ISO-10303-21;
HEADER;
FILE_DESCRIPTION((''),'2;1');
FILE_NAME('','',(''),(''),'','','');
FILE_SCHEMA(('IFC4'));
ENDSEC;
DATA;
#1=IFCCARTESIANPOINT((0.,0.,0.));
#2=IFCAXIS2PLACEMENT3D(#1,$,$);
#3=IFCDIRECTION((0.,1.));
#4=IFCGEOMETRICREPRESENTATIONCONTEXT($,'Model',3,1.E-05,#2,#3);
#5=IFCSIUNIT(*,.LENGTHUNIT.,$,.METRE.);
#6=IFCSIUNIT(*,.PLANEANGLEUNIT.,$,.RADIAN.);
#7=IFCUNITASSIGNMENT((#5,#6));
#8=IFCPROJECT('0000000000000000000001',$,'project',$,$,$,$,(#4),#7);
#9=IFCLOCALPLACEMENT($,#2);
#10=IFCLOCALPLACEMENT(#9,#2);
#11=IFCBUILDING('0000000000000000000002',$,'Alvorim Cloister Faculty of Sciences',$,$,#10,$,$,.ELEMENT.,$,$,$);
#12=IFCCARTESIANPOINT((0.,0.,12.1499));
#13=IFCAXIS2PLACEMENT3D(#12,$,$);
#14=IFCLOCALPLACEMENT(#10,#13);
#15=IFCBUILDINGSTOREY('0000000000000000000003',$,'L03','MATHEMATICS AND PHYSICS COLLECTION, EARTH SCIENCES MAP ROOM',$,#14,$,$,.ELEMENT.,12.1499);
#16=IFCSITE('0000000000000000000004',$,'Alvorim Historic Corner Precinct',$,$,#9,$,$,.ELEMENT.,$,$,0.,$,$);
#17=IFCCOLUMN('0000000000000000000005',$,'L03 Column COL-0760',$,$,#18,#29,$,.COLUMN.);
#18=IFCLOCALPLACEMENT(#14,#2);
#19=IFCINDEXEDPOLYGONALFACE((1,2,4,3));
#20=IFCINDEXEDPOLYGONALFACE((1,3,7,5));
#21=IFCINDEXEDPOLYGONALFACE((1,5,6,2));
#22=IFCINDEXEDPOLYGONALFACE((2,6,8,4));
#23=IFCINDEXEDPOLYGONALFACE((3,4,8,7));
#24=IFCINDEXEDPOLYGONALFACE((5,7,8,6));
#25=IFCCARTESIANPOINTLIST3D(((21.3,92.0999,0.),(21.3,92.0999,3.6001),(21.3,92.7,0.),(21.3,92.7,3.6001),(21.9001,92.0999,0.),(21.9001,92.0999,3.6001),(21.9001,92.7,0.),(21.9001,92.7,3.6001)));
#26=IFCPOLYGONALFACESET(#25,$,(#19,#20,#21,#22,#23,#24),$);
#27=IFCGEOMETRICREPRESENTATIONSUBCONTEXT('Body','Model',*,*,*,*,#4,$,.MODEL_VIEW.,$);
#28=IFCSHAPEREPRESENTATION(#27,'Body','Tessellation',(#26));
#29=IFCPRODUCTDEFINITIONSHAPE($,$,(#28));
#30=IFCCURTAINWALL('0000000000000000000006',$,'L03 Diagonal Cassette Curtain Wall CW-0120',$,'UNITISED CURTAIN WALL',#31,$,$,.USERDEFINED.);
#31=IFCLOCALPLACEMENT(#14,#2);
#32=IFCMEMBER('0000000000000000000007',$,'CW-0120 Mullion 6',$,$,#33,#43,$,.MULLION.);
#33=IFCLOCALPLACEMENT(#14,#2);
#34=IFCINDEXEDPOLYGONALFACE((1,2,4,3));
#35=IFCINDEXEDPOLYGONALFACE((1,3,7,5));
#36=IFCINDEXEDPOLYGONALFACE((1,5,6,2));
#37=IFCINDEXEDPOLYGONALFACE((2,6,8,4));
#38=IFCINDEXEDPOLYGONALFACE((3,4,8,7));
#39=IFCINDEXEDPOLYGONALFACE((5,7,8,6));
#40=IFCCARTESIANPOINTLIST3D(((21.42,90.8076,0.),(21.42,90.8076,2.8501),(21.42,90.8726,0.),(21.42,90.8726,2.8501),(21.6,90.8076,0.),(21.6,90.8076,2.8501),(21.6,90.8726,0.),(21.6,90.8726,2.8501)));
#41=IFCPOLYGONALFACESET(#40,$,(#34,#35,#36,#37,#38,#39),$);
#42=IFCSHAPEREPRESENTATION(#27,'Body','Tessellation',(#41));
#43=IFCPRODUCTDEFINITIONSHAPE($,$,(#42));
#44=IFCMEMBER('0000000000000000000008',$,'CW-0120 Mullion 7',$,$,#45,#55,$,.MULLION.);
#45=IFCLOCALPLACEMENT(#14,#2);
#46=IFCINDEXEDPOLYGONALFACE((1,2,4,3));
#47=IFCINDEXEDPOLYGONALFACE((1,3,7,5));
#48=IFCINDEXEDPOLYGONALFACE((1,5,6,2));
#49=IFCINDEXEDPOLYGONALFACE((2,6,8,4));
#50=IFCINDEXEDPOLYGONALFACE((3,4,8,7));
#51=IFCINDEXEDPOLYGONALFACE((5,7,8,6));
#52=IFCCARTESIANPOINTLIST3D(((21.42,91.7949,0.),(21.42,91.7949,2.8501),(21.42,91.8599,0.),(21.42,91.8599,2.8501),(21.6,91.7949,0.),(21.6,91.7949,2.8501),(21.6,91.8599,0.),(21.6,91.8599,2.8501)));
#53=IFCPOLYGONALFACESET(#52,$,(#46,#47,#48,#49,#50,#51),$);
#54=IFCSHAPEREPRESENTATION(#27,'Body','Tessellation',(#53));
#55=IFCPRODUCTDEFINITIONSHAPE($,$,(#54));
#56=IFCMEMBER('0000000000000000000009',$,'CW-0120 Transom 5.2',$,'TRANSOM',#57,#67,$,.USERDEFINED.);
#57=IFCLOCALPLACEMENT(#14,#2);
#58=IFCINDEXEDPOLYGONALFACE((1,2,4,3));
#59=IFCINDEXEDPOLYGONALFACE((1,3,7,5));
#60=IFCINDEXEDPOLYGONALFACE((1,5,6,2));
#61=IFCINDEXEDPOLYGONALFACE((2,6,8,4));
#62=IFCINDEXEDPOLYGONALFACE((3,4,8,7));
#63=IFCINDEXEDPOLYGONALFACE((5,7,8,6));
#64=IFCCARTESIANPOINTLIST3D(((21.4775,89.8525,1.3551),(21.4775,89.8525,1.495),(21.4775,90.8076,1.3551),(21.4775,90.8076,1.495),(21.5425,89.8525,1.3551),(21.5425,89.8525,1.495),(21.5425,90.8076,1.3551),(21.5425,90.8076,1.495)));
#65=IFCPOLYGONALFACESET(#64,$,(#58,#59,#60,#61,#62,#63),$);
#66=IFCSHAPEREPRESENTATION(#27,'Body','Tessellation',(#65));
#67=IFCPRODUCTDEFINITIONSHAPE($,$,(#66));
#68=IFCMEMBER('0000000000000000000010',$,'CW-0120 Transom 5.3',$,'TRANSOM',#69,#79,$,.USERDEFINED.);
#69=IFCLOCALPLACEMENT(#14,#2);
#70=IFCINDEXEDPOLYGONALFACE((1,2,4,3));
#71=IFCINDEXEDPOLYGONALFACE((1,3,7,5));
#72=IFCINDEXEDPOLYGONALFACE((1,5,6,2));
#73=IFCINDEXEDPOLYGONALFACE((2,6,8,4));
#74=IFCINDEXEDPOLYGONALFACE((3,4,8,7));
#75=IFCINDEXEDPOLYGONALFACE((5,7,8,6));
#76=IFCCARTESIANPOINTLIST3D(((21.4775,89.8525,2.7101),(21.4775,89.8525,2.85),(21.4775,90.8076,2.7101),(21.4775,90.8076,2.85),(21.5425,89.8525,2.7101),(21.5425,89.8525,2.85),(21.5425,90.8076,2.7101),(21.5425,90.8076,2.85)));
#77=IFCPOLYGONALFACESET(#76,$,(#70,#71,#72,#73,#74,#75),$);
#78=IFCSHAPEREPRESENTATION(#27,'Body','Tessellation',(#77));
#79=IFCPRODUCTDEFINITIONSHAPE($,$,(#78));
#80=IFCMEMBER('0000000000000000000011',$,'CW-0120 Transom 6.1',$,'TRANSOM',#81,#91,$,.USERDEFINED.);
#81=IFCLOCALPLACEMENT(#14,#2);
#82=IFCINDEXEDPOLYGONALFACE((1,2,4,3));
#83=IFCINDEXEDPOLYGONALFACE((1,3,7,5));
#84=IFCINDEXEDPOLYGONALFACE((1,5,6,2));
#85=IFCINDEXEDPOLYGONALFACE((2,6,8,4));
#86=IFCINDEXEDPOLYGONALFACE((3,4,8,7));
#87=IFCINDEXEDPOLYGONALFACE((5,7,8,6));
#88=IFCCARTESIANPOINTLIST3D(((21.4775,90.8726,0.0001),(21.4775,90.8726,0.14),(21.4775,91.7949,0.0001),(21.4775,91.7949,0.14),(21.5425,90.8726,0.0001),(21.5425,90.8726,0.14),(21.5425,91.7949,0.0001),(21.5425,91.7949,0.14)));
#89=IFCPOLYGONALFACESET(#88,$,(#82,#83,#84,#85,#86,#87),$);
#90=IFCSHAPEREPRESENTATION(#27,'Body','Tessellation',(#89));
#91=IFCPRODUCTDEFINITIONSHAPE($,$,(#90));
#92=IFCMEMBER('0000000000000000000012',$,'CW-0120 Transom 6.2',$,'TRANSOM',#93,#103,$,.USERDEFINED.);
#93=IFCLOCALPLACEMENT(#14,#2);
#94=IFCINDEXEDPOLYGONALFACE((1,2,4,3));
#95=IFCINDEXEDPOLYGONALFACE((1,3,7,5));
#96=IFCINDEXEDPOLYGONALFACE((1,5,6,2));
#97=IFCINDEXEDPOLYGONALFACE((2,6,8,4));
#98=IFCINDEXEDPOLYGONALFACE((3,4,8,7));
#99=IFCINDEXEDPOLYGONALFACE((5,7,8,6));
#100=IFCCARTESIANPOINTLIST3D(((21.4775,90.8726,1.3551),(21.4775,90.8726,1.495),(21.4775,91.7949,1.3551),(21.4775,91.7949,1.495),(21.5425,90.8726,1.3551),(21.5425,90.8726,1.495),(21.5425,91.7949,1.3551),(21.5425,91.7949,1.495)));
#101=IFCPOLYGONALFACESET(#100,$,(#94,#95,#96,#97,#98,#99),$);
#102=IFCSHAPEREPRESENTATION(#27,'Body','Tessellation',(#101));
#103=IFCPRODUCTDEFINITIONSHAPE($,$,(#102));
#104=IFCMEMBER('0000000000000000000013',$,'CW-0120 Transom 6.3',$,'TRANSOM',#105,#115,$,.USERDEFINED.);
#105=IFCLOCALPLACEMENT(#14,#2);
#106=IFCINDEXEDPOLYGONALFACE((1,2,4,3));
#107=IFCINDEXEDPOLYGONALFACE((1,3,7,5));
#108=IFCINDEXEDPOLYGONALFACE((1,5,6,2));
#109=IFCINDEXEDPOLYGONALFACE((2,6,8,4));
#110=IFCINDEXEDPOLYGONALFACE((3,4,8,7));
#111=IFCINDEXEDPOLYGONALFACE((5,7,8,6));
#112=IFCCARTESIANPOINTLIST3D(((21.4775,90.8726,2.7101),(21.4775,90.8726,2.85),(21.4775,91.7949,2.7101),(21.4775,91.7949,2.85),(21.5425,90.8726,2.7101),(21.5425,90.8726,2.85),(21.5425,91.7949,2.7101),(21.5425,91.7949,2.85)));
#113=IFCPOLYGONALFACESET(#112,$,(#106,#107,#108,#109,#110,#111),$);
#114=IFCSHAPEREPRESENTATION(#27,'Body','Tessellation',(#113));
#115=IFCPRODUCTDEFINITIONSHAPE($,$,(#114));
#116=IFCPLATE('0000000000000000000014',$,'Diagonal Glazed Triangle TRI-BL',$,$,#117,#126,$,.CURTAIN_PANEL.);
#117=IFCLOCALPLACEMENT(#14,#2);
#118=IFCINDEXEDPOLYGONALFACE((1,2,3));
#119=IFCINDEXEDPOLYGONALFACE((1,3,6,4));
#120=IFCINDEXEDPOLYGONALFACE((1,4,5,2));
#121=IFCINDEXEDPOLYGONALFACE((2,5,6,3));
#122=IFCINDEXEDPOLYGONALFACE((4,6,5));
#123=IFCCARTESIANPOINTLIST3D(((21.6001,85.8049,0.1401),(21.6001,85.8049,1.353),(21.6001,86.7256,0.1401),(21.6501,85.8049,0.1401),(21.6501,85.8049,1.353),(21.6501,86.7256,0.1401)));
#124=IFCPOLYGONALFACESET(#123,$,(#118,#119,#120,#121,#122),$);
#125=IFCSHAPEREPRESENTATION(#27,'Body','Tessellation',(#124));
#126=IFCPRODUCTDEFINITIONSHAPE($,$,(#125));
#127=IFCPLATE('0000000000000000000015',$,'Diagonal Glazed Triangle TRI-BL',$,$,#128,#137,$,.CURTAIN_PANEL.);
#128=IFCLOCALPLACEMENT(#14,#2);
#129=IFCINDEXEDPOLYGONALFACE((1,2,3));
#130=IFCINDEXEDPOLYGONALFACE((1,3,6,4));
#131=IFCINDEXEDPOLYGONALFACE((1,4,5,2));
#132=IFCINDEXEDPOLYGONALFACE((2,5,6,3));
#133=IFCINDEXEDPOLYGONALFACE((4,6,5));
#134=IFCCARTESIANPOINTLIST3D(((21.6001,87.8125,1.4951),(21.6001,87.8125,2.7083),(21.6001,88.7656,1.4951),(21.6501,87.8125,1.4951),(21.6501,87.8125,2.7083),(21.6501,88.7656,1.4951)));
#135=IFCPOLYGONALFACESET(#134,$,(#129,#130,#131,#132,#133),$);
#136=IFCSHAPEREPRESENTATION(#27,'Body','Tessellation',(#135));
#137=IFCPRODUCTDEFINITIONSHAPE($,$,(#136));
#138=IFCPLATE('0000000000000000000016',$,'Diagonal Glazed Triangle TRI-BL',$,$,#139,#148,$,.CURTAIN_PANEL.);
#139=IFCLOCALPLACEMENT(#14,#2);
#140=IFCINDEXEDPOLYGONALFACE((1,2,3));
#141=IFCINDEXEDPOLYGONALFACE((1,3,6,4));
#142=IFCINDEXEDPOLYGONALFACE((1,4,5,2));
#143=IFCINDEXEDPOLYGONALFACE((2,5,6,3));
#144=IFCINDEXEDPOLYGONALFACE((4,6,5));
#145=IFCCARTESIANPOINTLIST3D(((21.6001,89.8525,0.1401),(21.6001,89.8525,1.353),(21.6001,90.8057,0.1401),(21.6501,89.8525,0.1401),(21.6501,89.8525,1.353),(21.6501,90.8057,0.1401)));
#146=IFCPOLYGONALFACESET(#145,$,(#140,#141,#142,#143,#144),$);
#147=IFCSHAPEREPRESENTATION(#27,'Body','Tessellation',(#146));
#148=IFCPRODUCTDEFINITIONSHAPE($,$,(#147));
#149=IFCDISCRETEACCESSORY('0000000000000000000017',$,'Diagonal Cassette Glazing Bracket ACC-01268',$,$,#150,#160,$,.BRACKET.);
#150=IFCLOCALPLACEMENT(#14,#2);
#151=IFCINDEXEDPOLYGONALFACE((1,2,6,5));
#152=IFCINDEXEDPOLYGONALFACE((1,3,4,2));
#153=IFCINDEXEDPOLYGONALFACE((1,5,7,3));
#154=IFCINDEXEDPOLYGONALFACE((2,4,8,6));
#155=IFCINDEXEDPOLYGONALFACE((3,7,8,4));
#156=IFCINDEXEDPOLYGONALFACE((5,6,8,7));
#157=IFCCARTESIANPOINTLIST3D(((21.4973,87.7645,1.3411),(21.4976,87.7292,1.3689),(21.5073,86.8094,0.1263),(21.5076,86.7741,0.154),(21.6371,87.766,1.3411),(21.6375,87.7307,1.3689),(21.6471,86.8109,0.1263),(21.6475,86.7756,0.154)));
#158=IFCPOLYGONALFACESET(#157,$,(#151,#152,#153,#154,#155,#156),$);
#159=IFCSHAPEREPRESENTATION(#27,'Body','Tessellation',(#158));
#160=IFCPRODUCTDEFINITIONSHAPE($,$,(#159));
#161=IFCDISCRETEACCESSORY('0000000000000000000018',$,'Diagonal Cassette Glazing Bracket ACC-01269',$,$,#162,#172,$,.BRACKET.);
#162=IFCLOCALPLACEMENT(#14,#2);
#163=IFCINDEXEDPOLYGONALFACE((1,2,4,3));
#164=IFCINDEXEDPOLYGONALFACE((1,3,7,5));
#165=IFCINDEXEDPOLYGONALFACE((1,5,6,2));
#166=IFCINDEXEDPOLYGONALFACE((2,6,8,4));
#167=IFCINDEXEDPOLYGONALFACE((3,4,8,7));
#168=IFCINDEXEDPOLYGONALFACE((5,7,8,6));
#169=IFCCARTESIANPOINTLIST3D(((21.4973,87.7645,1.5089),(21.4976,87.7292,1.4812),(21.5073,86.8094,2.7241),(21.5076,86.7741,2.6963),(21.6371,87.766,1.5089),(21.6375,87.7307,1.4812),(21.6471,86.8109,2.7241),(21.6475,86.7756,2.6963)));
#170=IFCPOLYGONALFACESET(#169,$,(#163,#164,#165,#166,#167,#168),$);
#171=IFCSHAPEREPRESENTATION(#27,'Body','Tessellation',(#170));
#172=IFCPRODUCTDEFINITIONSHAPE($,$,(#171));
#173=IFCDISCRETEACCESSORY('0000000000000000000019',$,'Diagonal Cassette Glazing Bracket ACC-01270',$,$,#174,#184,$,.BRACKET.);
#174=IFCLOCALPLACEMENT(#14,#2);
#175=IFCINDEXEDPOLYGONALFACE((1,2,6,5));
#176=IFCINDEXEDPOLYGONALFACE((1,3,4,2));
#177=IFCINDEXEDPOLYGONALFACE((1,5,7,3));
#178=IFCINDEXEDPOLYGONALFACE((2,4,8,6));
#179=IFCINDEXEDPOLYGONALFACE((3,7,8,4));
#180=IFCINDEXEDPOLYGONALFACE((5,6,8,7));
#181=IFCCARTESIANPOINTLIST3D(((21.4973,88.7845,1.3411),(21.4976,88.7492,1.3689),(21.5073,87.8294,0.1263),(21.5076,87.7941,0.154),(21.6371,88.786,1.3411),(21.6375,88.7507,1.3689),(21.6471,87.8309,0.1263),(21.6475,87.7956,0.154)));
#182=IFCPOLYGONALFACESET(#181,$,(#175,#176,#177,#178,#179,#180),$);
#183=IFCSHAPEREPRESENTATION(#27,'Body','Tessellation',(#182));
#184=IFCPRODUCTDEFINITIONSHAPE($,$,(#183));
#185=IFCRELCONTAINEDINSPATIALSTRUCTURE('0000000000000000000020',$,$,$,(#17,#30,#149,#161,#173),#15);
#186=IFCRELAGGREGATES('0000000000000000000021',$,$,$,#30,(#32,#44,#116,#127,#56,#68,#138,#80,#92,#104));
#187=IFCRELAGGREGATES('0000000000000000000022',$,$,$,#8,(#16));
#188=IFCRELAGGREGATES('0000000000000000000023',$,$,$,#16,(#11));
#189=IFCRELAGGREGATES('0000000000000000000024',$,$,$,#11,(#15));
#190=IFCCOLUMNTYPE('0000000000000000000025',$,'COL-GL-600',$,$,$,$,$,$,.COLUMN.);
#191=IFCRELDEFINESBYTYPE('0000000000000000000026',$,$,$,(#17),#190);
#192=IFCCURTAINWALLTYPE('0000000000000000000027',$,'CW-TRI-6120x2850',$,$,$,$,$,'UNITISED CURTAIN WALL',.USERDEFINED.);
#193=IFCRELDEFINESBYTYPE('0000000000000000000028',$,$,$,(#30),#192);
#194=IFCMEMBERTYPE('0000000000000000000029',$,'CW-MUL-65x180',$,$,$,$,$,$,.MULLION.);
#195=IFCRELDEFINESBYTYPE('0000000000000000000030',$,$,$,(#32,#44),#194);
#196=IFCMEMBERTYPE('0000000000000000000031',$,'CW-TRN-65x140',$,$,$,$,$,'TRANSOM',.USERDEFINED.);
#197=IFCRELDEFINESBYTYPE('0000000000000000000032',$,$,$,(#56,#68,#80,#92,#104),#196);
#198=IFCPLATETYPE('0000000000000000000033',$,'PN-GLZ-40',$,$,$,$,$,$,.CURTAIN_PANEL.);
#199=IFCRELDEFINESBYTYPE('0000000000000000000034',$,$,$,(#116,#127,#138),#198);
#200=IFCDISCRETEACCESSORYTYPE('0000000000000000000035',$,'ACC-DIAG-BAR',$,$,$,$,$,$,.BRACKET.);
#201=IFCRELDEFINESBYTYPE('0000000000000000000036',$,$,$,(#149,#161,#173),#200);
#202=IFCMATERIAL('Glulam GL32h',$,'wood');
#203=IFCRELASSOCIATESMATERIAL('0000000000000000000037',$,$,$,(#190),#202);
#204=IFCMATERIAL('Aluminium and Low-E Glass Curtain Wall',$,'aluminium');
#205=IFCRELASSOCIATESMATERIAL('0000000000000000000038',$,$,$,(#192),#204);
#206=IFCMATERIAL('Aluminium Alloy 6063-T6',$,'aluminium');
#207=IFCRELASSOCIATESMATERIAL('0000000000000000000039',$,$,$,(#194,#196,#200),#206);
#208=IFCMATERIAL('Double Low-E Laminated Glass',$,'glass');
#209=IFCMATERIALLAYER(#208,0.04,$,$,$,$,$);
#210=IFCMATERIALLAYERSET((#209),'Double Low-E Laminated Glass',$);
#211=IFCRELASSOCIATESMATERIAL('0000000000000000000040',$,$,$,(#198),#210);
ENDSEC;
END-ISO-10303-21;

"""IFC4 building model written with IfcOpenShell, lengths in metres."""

from ifc_helpers import new_model, si_unit, direction, frame, origin, origin_2d, place, context, subcontext, project, spatial, polyline, rectangle, outline, extrude, material, layer, layer_set, material_profile, profile_set, type_object, element, aggregate, save


model = new_model("IFC4")

# Units and contexts
model_context = context("Model", 3, precision=1e-05, world=origin(), true_north=direction((0.0, 1.0)))
body_context = subcontext(model_context, "Body", "Model", "MODEL_VIEW")
ifc_project = project(units=[si_unit("LENGTHUNIT", "METRE"), si_unit("PLANEANGLEUNIT", "RADIAN")], contexts=[model_context])

# Site, building, storey
site_placement = place(None, origin())
site = spatial("IfcSite", under=ifc_project, at=site_placement, Name="Alvorim Historic Corner Precinct", CompositionType="ELEMENT", RefElevation=0.0)
building_placement = place(site_placement, origin())
building = spatial("IfcBuilding", under=site, at=building_placement, Name="Alvorim Cloister Faculty of Sciences", CompositionType="ELEMENT")
storey_placement = place(building_placement, frame((0.0, 0.0, 12.1499)))
storey = spatial("IfcBuildingStorey", under=building, at=storey_placement, Name="L03", Description="MATHEMATICS AND PHYSICS COLLECTION, EARTH SCIENCES MAP ROOM", CompositionType="ELEMENT", Elevation=12.1499)

# Column
ifc_material_1 = material(Name="Glulam GL32h", Category="wood")
ifc_material_profile_1 = material_profile(ifc_material_1, rectangle(XDim=0.6001, YDim=0.6001, at=origin_2d()), Name="GL32-COL-600x600")
ifc_profile_set_1 = profile_set([ifc_material_profile_1], Name="Glulam GL32h")
column_type = type_object("IfcColumnType", Name="COL-GL-600", PredefinedType="COLUMN", material=ifc_profile_set_1)
column_placement = place(storey_placement, frame((21.6001, 92.3999, 0.0), z_axis=(0.0, 0.0, 1.0), x_axis=(1.0, 0.0, 0.0)))
element("IfcColumn", 1, at=column_placement, inside=storey, type_object=column_type, Name="L03 Column COL-0760", PredefinedType="COLUMN", context=body_context, shape_type="SweptSolid", body=[
    extrude(rectangle(XDim=0.6001, YDim=0.6001, at=origin_2d()), origin(), (0.0, 0.0, 1.0), 3.6001),
])

# Curtain wall, members, plates
ifc_material_2 = material(Name="Aluminium and Low-E Glass Curtain Wall", Category="aluminium")
curtain_wall_type = type_object("IfcCurtainWallType", Name="CW-TRI-6120x2850", ElementType="UNITISED CURTAIN WALL", PredefinedType="USERDEFINED", material=ifc_material_2)
curtain_wall_placement = place(storey_placement, origin())
curtain_wall = element("IfcCurtainWall", 2, at=curtain_wall_placement, inside=storey, type_object=curtain_wall_type, Name="L03 Diagonal Cassette Curtain Wall CW-0120", ObjectType="UNITISED CURTAIN WALL", PredefinedType="USERDEFINED")
ifc_material_3 = material(Name="Aluminium Alloy 6063-T6", Category="aluminium")
ifc_material_profile_2 = material_profile(ifc_material_3, rectangle(XDim=0.0649, YDim=0.1799, at=origin_2d()), Name="ALU-MUL-65x180")
ifc_profile_set_2 = profile_set([ifc_material_profile_2], Name="Aluminium Alloy 6063-T6")
member_type_1 = type_object("IfcMemberType", Name="CW-MUL-65x180", PredefinedType="MULLION", material=ifc_profile_set_2)
member_1_placement = place(storey_placement, frame((21.51, 90.8401, 0.0), z_axis=(0.0, 0.0, 1.0), x_axis=(0.0, 1.0, 0.0)))
member_1 = element("IfcMember", 3, at=member_1_placement, type_object=member_type_1, Name="CW-0120 Mullion 6", PredefinedType="MULLION", context=body_context, shape_type="SweptSolid", body=[
    extrude(rectangle(XDim=0.0649, YDim=0.1799, at=origin_2d()), origin(), (0.0, 0.0, 1.0), 2.8501),
])
member_2_placement = place(storey_placement, frame((21.51, 91.8274, 0.0), z_axis=(0.0, 0.0, 1.0), x_axis=(0.0, 1.0, 0.0)))
member_2 = element("IfcMember", 4, at=member_2_placement, type_object=member_type_1, Name="CW-0120 Mullion 7", PredefinedType="MULLION", context=body_context, shape_type="SweptSolid", body=[
    extrude(rectangle(XDim=0.0649, YDim=0.1799, at=origin_2d()), origin(), (0.0, 0.0, 1.0), 2.8501),
])
ifc_material_profile_3 = material_profile(ifc_material_3, rectangle(XDim=0.0649, YDim=0.1399, at=origin_2d()), Name="ALU-TRN-65x140")
ifc_profile_set_3 = profile_set([ifc_material_profile_3], Name="Aluminium Alloy 6063-T6")
member_type_2 = type_object("IfcMemberType", Name="CW-TRN-65x140", ElementType="TRANSOM", PredefinedType="USERDEFINED", material=ifc_profile_set_3)
member_3_placement = place(storey_placement, frame((21.51, 89.8525, 1.425), z_axis=(0.0, 1.0, 0.0), x_axis=(-1.0, 0.0, 0.0)))
member_3 = element("IfcMember", 5, at=member_3_placement, type_object=member_type_2, Name="CW-0120 Transom 5.2", ObjectType="TRANSOM", PredefinedType="USERDEFINED", context=body_context, shape_type="SweptSolid", body=[
    extrude(rectangle(XDim=0.0649, YDim=0.1399, at=origin_2d()), origin(), (0.0, 0.0, 1.0), 0.9551),
])
member_4_placement = place(storey_placement, frame((21.51, 89.8525, 2.78), z_axis=(0.0, 1.0, 0.0), x_axis=(-1.0, 0.0, 0.0)))
member_4 = element("IfcMember", 6, at=member_4_placement, type_object=member_type_2, Name="CW-0120 Transom 5.3", ObjectType="TRANSOM", PredefinedType="USERDEFINED", context=body_context, shape_type="SweptSolid", body=[
    extrude(rectangle(XDim=0.0649, YDim=0.1399, at=origin_2d()), origin(), (0.0, 0.0, 1.0), 0.9551),
])
member_5_placement = place(storey_placement, frame((21.51, 90.8726, 0.0701), z_axis=(0.0, 1.0, 0.0), x_axis=(-1.0, 0.0, 0.0)))
member_5 = element("IfcMember", 7, at=member_5_placement, type_object=member_type_2, Name="CW-0120 Transom 6.1", ObjectType="TRANSOM", PredefinedType="USERDEFINED", context=body_context, shape_type="SweptSolid", body=[
    extrude(rectangle(XDim=0.0649, YDim=0.1399, at=origin_2d()), origin(), (0.0, 0.0, 1.0), 0.9224),
])
member_6_placement = place(storey_placement, frame((21.51, 90.8726, 1.425), z_axis=(0.0, 1.0, 0.0), x_axis=(-1.0, 0.0, 0.0)))
member_6 = element("IfcMember", 8, at=member_6_placement, type_object=member_type_2, Name="CW-0120 Transom 6.2", ObjectType="TRANSOM", PredefinedType="USERDEFINED", context=body_context, shape_type="SweptSolid", body=[
    extrude(rectangle(XDim=0.0649, YDim=0.1399, at=origin_2d()), origin(), (0.0, 0.0, 1.0), 0.9224),
])
member_7_placement = place(storey_placement, frame((21.51, 90.8726, 2.78), z_axis=(0.0, 1.0, 0.0), x_axis=(-1.0, 0.0, 0.0)))
member_7 = element("IfcMember", 9, at=member_7_placement, type_object=member_type_2, Name="CW-0120 Transom 6.3", ObjectType="TRANSOM", PredefinedType="USERDEFINED", context=body_context, shape_type="SweptSolid", body=[
    extrude(rectangle(XDim=0.0649, YDim=0.1399, at=origin_2d()), origin(), (0.0, 0.0, 1.0), 0.9224),
])
ifc_material_4 = material(Name="Double Low-E Laminated Glass", Category="glass")
ifc_layer = layer(ifc_material_4, 0.04)
ifc_layer_set = layer_set([ifc_layer], Name="Double Low-E Laminated Glass")
plate_type = type_object("IfcPlateType", Name="PN-GLZ-40", PredefinedType="CURTAIN_PANEL", material=ifc_layer_set)
plate_1_placement = place(storey_placement, frame((21.625, 85.8049, 0.1401), z_axis=(0.0, 0.0, 1.0), x_axis=(0.0, 1.0, 0.0)))
plate_1 = element("IfcPlate", 10, at=plate_1_placement, type_object=plate_type, Name="Diagonal Glazed Triangle TRI-BL", PredefinedType="CURTAIN_PANEL", context=body_context, shape_type="SweptSolid", body=[
    extrude(outline(polyline([(0.0, 0.0), (0.9207, 0.0), (0.0, 1.2129), (0.0, 0.0)])), frame((0.0, 0.0249, 0.0), z_axis=(0.0, -1.0, 0.0), x_axis=(1.0, 0.0, 0.0)), (0.0, 0.0, 1.0), 0.05),
])
plate_2_placement = place(storey_placement, frame((21.625, 87.8125, 1.4951), z_axis=(0.0, 0.0, 1.0), x_axis=(0.0, 1.0, 0.0)))
plate_2 = element("IfcPlate", 11, at=plate_2_placement, type_object=plate_type, Name="Diagonal Glazed Triangle TRI-BL", PredefinedType="CURTAIN_PANEL", context=body_context, shape_type="SweptSolid", body=[
    extrude(outline(polyline([(0.0, 0.0), (0.9531, 0.0), (0.0, 1.2131), (0.0, 0.0)])), frame((0.0, 0.0249, 0.0), z_axis=(0.0, -1.0, 0.0), x_axis=(1.0, 0.0, 0.0)), (0.0, 0.0, 1.0), 0.05),
])
plate_3_placement = place(storey_placement, frame((21.625, 89.8525, 0.1401), z_axis=(0.0, 0.0, 1.0), x_axis=(0.0, 1.0, 0.0)))
plate_3 = element("IfcPlate", 12, at=plate_3_placement, type_object=plate_type, Name="Diagonal Glazed Triangle TRI-BL", PredefinedType="CURTAIN_PANEL", context=body_context, shape_type="SweptSolid", body=[
    extrude(outline(polyline([(0.0, 0.0), (0.9531, 0.0), (0.0, 1.2129), (0.0, 0.0)])), frame((0.0, 0.0249, 0.0), z_axis=(0.0, -1.0, 0.0), x_axis=(1.0, 0.0, 0.0)), (0.0, 0.0, 1.0), 0.05),
])
aggregate(curtain_wall, [member_1, member_2, plate_1, plate_2, member_3, member_4, plate_3, member_5, member_6, member_7])

# Discrete accessories
discrete_accessory_type = type_object("IfcDiscreteAccessoryType", Name="ACC-DIAG-BAR", PredefinedType="BRACKET", material=ifc_material_3)
discrete_accessory_1_placement = place(storey_placement, frame((21.5774, 86.7925, 0.1401), z_axis=(-0.006477, 0.618032, 0.786126), x_axis=(-0.999945, -0.01048, 0.0)))
element("IfcDiscreteAccessory", 13, at=discrete_accessory_1_placement, inside=storey, type_object=discrete_accessory_type, Name="Diagonal Cassette Glazing Bracket ACC-01268", PredefinedType="BRACKET", context=body_context, shape_type="SweptSolid", body=[
    extrude(rectangle(XDim=0.1399, YDim=0.0449, at=origin_2d()), origin(), (0.0, 0.0, 1.0), 1.5454),
])
discrete_accessory_2_placement = place(storey_placement, frame((21.5774, 86.7925, 2.7102), z_axis=(-0.006477, 0.617955, -0.786187), x_axis=(-0.999945, -0.01048, 0.0)))
element("IfcDiscreteAccessory", 14, at=discrete_accessory_2_placement, inside=storey, type_object=discrete_accessory_type, Name="Diagonal Cassette Glazing Bracket ACC-01269", PredefinedType="BRACKET", context=body_context, shape_type="SweptSolid", body=[
    extrude(rectangle(XDim=0.1399, YDim=0.0449, at=origin_2d()), origin(), (0.0, 0.0, 1.0), 1.5457),
])
discrete_accessory_3_placement = place(storey_placement, frame((21.5774, 87.8125, 0.1401), z_axis=(-0.006477, 0.618032, 0.786126), x_axis=(-0.999945, -0.01048, 0.0)))
element("IfcDiscreteAccessory", 15, at=discrete_accessory_3_placement, inside=storey, type_object=discrete_accessory_type, Name="Diagonal Cassette Glazing Bracket ACC-01270", PredefinedType="BRACKET", context=body_context, shape_type="SweptSolid", body=[
    extrude(rectangle(XDim=0.1399, YDim=0.0449, at=origin_2d()), origin(), (0.0, 0.0, 1.0), 1.5454),
])

save(model, "model.ifc")
